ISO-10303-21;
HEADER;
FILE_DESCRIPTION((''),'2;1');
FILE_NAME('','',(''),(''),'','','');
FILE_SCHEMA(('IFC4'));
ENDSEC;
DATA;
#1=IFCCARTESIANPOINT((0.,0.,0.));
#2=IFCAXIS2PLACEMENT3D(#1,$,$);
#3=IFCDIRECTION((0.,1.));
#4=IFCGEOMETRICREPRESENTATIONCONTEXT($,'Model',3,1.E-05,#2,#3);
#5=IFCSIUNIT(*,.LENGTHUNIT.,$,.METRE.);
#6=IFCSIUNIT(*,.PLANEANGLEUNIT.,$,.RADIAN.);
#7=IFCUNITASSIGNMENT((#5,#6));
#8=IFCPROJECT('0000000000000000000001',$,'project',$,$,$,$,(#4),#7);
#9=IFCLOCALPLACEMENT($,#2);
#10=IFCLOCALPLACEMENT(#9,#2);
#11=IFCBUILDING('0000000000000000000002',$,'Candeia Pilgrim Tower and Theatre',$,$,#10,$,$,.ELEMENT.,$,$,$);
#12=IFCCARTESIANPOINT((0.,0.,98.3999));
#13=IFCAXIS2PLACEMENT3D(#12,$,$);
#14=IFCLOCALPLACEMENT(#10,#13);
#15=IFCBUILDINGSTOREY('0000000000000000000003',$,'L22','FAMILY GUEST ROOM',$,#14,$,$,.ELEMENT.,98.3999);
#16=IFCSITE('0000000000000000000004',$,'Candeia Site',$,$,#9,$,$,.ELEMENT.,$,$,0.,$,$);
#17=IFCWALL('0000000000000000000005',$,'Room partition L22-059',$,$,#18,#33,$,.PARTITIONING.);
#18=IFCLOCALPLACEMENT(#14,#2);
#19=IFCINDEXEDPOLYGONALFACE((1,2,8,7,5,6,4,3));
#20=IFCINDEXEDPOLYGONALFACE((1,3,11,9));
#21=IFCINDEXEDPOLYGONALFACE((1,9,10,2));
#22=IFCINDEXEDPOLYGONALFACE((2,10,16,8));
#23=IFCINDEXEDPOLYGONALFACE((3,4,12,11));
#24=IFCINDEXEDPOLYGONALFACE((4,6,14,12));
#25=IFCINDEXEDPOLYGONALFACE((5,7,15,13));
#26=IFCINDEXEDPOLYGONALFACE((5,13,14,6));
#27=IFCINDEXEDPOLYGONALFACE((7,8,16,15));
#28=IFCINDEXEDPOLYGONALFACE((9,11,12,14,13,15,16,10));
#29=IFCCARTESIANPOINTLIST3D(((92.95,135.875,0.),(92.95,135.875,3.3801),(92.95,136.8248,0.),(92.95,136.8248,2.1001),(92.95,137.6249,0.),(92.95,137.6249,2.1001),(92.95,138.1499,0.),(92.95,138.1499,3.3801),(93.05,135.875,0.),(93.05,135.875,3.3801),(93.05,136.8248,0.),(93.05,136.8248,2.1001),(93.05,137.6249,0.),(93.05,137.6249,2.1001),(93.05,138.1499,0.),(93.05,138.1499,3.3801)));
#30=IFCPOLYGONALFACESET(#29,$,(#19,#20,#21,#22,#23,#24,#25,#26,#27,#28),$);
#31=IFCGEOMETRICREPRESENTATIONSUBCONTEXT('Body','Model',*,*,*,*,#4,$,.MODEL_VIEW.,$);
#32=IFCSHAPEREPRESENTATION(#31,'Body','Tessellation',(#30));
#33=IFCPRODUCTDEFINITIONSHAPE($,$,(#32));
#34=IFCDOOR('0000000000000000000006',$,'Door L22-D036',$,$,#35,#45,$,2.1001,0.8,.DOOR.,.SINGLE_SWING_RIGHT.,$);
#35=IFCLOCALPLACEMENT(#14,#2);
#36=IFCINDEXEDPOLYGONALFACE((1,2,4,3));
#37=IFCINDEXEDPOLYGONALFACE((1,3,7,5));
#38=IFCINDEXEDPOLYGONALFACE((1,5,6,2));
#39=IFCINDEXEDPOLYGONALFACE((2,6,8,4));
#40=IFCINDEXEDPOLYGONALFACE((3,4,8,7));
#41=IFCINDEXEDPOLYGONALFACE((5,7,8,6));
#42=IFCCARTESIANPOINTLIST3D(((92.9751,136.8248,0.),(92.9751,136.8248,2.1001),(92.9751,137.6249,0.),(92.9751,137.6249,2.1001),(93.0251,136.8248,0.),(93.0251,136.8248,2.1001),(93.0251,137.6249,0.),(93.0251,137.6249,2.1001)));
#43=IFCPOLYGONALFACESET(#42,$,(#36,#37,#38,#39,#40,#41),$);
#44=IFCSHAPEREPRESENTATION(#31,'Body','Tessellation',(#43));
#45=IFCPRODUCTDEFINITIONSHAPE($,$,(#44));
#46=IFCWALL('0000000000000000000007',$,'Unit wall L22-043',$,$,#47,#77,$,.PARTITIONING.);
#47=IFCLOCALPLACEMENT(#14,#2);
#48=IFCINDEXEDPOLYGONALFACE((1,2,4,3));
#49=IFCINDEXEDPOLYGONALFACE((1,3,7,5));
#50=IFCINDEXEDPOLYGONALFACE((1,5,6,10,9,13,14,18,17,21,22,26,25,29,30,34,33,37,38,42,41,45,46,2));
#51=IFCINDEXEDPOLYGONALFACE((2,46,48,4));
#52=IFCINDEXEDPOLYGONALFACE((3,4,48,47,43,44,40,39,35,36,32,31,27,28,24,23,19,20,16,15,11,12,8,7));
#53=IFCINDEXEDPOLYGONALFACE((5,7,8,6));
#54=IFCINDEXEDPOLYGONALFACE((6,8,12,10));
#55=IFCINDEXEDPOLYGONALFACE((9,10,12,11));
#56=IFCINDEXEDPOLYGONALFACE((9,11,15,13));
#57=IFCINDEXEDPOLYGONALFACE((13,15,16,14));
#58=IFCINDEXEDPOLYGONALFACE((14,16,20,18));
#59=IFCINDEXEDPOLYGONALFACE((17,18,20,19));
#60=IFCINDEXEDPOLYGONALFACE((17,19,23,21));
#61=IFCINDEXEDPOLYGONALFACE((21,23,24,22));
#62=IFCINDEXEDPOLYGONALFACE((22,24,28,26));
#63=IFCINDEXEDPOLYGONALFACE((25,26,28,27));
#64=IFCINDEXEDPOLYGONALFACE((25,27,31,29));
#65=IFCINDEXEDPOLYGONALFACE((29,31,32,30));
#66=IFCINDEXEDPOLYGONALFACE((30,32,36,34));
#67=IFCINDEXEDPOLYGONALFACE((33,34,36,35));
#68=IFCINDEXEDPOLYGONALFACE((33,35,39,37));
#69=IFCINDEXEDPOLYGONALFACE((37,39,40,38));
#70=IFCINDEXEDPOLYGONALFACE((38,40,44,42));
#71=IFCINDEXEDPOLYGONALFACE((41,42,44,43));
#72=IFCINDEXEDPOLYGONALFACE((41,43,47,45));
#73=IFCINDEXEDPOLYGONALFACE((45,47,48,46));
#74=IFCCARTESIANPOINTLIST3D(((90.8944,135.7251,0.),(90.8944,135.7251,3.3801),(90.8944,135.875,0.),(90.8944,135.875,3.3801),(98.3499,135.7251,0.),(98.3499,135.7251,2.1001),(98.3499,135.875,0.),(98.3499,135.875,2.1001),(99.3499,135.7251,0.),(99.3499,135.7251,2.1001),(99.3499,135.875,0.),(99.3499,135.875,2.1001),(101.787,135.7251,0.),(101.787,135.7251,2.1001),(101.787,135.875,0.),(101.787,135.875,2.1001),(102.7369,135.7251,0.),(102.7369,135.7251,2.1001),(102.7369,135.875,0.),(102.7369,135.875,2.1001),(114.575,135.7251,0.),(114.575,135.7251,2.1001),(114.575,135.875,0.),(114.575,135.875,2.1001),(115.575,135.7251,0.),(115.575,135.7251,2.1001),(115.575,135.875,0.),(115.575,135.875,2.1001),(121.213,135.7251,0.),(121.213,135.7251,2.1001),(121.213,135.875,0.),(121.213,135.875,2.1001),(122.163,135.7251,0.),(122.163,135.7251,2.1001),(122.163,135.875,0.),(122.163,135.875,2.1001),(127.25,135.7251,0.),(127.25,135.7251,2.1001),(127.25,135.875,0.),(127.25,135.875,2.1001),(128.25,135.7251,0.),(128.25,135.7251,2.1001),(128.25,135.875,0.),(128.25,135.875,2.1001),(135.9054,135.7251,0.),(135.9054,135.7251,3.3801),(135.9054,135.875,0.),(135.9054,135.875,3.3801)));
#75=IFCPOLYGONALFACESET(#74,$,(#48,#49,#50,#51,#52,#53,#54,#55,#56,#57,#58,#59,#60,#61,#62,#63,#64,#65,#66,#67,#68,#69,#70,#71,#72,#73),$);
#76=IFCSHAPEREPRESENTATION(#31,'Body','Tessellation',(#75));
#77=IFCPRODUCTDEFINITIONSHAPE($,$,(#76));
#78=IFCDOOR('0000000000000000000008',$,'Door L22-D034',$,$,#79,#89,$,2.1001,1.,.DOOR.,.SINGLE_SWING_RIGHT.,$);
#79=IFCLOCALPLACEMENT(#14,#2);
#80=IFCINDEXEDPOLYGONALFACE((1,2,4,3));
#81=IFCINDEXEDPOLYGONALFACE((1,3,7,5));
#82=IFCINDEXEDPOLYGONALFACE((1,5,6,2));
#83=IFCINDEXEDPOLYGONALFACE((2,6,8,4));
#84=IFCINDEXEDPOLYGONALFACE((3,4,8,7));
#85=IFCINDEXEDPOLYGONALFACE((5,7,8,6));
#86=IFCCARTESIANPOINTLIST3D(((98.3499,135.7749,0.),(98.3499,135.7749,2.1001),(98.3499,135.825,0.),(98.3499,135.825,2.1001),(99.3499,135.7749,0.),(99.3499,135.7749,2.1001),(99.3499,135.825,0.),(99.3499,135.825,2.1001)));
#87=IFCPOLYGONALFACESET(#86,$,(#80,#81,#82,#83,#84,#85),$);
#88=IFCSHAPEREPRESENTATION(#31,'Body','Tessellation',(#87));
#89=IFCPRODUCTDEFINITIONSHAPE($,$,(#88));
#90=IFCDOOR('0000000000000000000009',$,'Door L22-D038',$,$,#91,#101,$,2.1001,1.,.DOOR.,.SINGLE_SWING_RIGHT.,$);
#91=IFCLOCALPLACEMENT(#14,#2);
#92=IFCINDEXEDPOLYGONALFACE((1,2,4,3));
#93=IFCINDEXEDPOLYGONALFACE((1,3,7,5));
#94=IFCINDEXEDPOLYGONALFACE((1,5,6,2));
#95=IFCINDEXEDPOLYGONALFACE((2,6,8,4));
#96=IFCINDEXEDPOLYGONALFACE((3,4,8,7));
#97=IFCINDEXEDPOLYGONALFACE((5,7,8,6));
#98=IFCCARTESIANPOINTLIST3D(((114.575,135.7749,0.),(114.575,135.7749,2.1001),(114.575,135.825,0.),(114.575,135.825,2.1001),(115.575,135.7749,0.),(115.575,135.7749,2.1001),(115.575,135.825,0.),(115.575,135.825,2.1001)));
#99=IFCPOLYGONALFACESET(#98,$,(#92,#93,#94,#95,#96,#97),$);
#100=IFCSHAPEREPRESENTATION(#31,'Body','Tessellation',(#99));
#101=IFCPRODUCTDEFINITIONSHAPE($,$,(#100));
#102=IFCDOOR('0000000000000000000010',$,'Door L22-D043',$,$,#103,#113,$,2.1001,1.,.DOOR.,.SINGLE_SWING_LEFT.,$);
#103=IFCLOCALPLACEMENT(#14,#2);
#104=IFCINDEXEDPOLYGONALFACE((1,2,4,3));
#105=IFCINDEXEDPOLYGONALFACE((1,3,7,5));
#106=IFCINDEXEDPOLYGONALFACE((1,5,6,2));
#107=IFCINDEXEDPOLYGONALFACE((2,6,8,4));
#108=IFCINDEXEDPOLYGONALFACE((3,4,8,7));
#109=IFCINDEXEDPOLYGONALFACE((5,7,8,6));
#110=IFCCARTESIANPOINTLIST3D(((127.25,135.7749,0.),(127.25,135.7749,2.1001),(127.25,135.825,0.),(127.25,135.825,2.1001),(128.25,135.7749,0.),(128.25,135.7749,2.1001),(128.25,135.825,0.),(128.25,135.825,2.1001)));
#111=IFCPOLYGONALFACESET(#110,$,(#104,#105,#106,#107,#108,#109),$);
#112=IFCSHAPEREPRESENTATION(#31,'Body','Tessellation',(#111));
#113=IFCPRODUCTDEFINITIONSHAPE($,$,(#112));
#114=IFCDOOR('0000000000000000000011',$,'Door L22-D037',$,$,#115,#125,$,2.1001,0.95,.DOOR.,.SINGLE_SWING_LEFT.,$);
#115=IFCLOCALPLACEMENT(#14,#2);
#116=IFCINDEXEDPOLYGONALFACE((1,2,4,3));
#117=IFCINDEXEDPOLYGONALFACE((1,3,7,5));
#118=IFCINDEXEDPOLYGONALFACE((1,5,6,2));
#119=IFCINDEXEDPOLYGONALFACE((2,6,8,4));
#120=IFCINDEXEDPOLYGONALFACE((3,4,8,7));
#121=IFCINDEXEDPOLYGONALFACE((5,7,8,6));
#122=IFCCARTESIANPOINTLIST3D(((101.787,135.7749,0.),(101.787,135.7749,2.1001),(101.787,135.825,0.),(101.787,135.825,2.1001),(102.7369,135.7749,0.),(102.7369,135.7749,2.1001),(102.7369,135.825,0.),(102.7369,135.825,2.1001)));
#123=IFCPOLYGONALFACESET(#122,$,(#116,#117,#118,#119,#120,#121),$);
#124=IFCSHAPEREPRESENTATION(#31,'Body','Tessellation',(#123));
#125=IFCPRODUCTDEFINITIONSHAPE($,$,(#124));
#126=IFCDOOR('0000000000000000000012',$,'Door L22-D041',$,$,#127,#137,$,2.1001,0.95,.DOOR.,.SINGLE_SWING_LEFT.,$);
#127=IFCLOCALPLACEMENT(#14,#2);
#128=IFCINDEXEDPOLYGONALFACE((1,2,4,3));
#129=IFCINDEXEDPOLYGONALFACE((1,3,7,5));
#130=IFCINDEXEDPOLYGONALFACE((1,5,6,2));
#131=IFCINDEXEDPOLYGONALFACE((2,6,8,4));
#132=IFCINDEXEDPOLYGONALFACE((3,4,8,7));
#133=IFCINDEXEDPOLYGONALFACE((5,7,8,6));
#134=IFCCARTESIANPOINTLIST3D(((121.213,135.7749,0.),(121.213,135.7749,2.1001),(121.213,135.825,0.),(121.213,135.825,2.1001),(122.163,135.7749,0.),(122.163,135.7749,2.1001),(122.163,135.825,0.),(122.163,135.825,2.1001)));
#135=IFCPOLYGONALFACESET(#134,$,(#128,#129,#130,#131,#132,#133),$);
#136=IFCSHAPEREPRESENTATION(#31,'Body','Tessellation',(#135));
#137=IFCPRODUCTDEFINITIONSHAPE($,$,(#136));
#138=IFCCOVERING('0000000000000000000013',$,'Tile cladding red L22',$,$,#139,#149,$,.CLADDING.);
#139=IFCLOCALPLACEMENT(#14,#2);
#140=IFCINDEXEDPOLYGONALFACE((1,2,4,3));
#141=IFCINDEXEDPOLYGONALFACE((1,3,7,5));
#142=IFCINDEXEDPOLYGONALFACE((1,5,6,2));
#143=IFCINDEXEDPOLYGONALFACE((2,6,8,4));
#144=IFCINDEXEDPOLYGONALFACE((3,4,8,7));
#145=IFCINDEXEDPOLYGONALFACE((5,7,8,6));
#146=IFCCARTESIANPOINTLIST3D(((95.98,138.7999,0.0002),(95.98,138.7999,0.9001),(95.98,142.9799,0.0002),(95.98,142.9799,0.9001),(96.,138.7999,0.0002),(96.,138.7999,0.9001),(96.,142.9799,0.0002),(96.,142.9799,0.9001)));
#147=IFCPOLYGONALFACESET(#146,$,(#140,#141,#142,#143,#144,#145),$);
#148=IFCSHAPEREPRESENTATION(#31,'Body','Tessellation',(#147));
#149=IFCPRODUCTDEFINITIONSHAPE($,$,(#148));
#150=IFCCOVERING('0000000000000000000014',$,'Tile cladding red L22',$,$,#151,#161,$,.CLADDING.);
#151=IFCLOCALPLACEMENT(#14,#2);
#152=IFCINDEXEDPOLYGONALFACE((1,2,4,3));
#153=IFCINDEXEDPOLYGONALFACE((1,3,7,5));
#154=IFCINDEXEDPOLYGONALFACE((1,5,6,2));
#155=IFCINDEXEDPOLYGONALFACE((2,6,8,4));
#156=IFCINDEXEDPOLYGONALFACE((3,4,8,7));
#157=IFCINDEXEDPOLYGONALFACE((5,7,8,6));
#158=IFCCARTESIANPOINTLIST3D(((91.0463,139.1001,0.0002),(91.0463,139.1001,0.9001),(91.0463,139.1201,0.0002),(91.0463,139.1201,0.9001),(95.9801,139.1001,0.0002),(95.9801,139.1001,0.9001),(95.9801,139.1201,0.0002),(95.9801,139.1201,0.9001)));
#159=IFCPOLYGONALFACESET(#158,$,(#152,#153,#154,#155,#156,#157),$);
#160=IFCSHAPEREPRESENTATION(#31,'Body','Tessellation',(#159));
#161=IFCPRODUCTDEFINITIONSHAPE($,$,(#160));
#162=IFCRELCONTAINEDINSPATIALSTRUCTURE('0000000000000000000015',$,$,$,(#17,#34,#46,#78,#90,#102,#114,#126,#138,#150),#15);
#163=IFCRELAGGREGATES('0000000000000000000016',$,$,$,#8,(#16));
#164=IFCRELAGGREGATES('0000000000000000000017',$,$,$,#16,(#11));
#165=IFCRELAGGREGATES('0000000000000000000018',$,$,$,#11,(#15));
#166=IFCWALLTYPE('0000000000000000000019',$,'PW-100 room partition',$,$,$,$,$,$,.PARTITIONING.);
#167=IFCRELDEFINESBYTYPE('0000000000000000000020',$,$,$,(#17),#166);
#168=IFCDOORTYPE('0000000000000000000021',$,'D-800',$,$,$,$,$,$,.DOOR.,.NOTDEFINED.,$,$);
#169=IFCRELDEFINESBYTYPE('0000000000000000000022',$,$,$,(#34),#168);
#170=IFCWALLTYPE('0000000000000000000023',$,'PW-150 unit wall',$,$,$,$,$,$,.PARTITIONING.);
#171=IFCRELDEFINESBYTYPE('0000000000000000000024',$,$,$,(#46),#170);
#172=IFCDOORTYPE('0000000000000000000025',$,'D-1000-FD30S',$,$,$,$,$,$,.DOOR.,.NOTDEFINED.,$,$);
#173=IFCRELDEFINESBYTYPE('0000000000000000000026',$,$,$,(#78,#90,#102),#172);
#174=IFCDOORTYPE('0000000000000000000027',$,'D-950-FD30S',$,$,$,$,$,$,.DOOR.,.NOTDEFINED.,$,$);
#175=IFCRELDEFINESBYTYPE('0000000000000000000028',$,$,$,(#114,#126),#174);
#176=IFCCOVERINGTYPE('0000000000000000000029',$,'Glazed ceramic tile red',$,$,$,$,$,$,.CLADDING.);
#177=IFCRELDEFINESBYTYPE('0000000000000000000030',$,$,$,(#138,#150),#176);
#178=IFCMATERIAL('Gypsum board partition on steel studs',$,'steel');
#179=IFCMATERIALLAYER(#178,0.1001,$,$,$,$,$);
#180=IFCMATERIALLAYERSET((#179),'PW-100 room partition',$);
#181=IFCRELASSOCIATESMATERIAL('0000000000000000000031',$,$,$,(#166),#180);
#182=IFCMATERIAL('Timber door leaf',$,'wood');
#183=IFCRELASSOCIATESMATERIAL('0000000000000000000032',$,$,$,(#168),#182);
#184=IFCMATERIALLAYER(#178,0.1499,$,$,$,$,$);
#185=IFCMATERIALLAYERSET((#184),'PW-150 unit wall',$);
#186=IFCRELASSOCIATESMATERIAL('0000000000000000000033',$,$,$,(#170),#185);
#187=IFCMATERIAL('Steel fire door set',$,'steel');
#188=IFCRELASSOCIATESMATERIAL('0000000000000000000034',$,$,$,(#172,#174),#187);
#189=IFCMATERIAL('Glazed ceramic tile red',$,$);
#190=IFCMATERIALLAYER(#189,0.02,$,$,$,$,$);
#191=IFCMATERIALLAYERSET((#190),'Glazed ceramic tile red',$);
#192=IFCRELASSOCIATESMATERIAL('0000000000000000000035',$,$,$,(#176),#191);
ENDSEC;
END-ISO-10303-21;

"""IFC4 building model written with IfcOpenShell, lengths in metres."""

from ifc_helpers import new_model, si_unit, direction, frame, frame_2d, origin, origin_2d, place, context, subcontext, project, spatial, rectangle, extrude, material, layer, layer_set, type_object, element, fill, save


model = new_model("IFC4")

# Units and contexts
model_context = context("Model", 3, precision=1e-05, world=origin(), true_north=direction((0.0, 1.0)))
body_context = subcontext(model_context, "Body", "Model", "MODEL_VIEW")
ifc_project = project(units=[si_unit("LENGTHUNIT", "METRE"), si_unit("PLANEANGLEUNIT", "RADIAN")], contexts=[model_context])

# Site, building, storey
site_placement = place(None, origin())
site = spatial("IfcSite", under=ifc_project, at=site_placement, Name="Candeia Site", CompositionType="ELEMENT", RefElevation=0.0)
building_placement = place(site_placement, origin())
building = spatial("IfcBuilding", under=site, at=building_placement, Name="Candeia Pilgrim Tower and Theatre", CompositionType="ELEMENT")
storey_placement = place(building_placement, frame((0.0, 0.0, 98.3999)))
storey = spatial("IfcBuildingStorey", under=building, at=storey_placement, Name="L22", Description="FAMILY GUEST ROOM", CompositionType="ELEMENT", Elevation=98.3999)

# Shared definitions
ifc_material_1 = material(Name="Gypsum board partition on steel studs", Category="steel")
ifc_layer_1 = layer(ifc_material_1, 0.1001)
ifc_layer_set_1 = layer_set([ifc_layer_1], Name="PW-100 room partition")
wall_type_1 = type_object("IfcWallType", Name="PW-100 room partition", PredefinedType="PARTITIONING", material=ifc_layer_set_1)

# Wall, opening, door
wall_1_placement = place(storey_placement, frame((93.0, 135.875, 0.0), z_axis=(0.0, 0.0, 1.0), x_axis=(0.0, 1.0, 0.0)))
wall_1 = element("IfcWall", 1, at=wall_1_placement, inside=storey, type_object=wall_type_1, Name="Room partition L22-059", PredefinedType="PARTITIONING", context=body_context, shape_type="SweptSolid", body=[
    extrude(rectangle(XDim=2.2749, YDim=0.1001, at=frame_2d((1.1375, 0.0))), origin(), (0.0, 0.0, 1.0), 3.3801),
])
opening_1_placement = place(wall_1_placement, frame((0.95, 0.0, 0.0)))
opening_1 = element("IfcOpeningElement", 2, at=opening_1_placement, cuts=wall_1, PredefinedType="OPENING", context=body_context, shape_type="SweptSolid", body=[
    extrude(rectangle(XDim=0.8, YDim=2.1001, at=frame_2d((0.3999, 1.05))), frame((0.0, 0.0601, 0.0), z_axis=(0.0, -1.0, 0.0), x_axis=(1.0, 0.0, 0.0)), (0.0, 0.0, 1.0), 0.1201),
])
ifc_material_2 = material(Name="Timber door leaf", Category="wood")
door_type_1 = type_object("IfcDoorType", Name="D-800", OperationType="NOTDEFINED", PredefinedType="DOOR", material=ifc_material_2)
door_1_placement = place(opening_1_placement, origin())
door_1 = element("IfcDoor", 3, at=door_1_placement, inside=storey, type_object=door_type_1, Name="Door L22-D036", OperationType="SINGLE_SWING_RIGHT", OverallHeight=2.1001, OverallWidth=0.8, PredefinedType="DOOR", context=body_context, shape_type="SweptSolid", body=[
    extrude(rectangle(XDim=0.8, YDim=2.1001, at=frame_2d((0.3999, 1.05))), frame((0.0, 0.0249, 0.0), z_axis=(0.0, -1.0, 0.0), x_axis=(1.0, 0.0, 0.0)), (0.0, 0.0, 1.0), 0.05),
])
fill(opening_1, door_1)

# Wall, openings, doors
ifc_layer_2 = layer(ifc_material_1, 0.1499)
ifc_layer_set_2 = layer_set([ifc_layer_2], Name="PW-150 unit wall")
wall_type_2 = type_object("IfcWallType", Name="PW-150 unit wall", PredefinedType="PARTITIONING", material=ifc_layer_set_2)
wall_2_placement = place(storey_placement, frame((90.8945, 135.8, 0.0), z_axis=(0.0, 0.0, 1.0), x_axis=(1.0, 0.0, 0.0)))
wall_2 = element("IfcWall", 4, at=wall_2_placement, inside=storey, type_object=wall_type_2, Name="Unit wall L22-043", PredefinedType="PARTITIONING", context=body_context, shape_type="SweptSolid", body=[
    extrude(rectangle(XDim=45.011, YDim=0.1499, at=frame_2d((22.5054, 0.0))), origin(), (0.0, 0.0, 1.0), 3.3801),
])
opening_2_placement = place(wall_2_placement, frame((7.4553, 0.0, 0.0)))
opening_2 = element("IfcOpeningElement", 5, at=opening_2_placement, cuts=wall_2, PredefinedType="OPENING", context=body_context, shape_type="SweptSolid", body=[
    extrude(rectangle(XDim=1.0, YDim=2.1001, at=frame_2d((0.5, 1.05))), frame((0.0, 0.085, 0.0), z_axis=(0.0, -1.0, 0.0), x_axis=(1.0, 0.0, 0.0)), (0.0, 0.0, 1.0), 0.1699),
])
opening_3_placement = place(wall_2_placement, frame((10.8923, 0.0, 0.0)))
opening_3 = element("IfcOpeningElement", 6, at=opening_3_placement, cuts=wall_2, PredefinedType="OPENING", context=body_context, shape_type="SweptSolid", body=[
    extrude(rectangle(XDim=0.95, YDim=2.1001, at=frame_2d((0.4751, 1.05))), frame((0.0, 0.085, 0.0), z_axis=(0.0, -1.0, 0.0), x_axis=(1.0, 0.0, 0.0)), (0.0, 0.0, 1.0), 0.1699),
])
opening_4_placement = place(wall_2_placement, frame((23.6804, 0.0, 0.0)))
opening_4 = element("IfcOpeningElement", 7, at=opening_4_placement, cuts=wall_2, PredefinedType="OPENING", context=body_context, shape_type="SweptSolid", body=[
    extrude(rectangle(XDim=1.0, YDim=2.1001, at=frame_2d((0.5, 1.05))), frame((0.0, 0.085, 0.0), z_axis=(0.0, -1.0, 0.0), x_axis=(1.0, 0.0, 0.0)), (0.0, 0.0, 1.0), 0.1699),
])
opening_5_placement = place(wall_2_placement, frame((30.3184, 0.0, 0.0)))
opening_5 = element("IfcOpeningElement", 8, at=opening_5_placement, cuts=wall_2, PredefinedType="OPENING", context=body_context, shape_type="SweptSolid", body=[
    extrude(rectangle(XDim=0.95, YDim=2.1001, at=frame_2d((0.4751, 1.05))), frame((0.0, 0.085, 0.0), z_axis=(0.0, -1.0, 0.0), x_axis=(1.0, 0.0, 0.0)), (0.0, 0.0, 1.0), 0.1699),
])
opening_6_placement = place(wall_2_placement, frame((36.3555, 0.0, 0.0)))
opening_6 = element("IfcOpeningElement", 9, at=opening_6_placement, cuts=wall_2, PredefinedType="OPENING", context=body_context, shape_type="SweptSolid", body=[
    extrude(rectangle(XDim=1.0, YDim=2.1001, at=frame_2d((0.5, 1.05))), frame((0.0, 0.085, 0.0), z_axis=(0.0, -1.0, 0.0), x_axis=(1.0, 0.0, 0.0)), (0.0, 0.0, 1.0), 0.1699),
])
ifc_material_3 = material(Name="Steel fire door set", Category="steel")
door_type_2 = type_object("IfcDoorType", Name="D-1000-FD30S", OperationType="NOTDEFINED", PredefinedType="DOOR", material=ifc_material_3)
door_2_placement = place(opening_2_placement, origin())
door_2 = element("IfcDoor", 10, at=door_2_placement, inside=storey, type_object=door_type_2, Name="Door L22-D034", OperationType="SINGLE_SWING_RIGHT", OverallHeight=2.1001, OverallWidth=1.0, PredefinedType="DOOR", context=body_context, shape_type="SweptSolid", body=[
    extrude(rectangle(XDim=1.0, YDim=2.1001, at=frame_2d((0.5, 1.05))), frame((0.0, 0.0249, 0.0), z_axis=(0.0, -1.0, 0.0), x_axis=(1.0, 0.0, 0.0)), (0.0, 0.0, 1.0), 0.05),
])
fill(opening_2, door_2)
door_3_placement = place(opening_4_placement, origin())
door_3 = element("IfcDoor", 11, at=door_3_placement, inside=storey, type_object=door_type_2, Name="Door L22-D038", OperationType="SINGLE_SWING_RIGHT", OverallHeight=2.1001, OverallWidth=1.0, PredefinedType="DOOR", context=body_context, shape_type="SweptSolid", body=[
    extrude(rectangle(XDim=1.0, YDim=2.1001, at=frame_2d((0.5, 1.05))), frame((0.0, 0.0249, 0.0), z_axis=(0.0, -1.0, 0.0), x_axis=(1.0, 0.0, 0.0)), (0.0, 0.0, 1.0), 0.05),
])
fill(opening_4, door_3)
door_4_placement = place(opening_6_placement, origin())
door_4 = element("IfcDoor", 12, at=door_4_placement, inside=storey, type_object=door_type_2, Name="Door L22-D043", OperationType="SINGLE_SWING_LEFT", OverallHeight=2.1001, OverallWidth=1.0, PredefinedType="DOOR", context=body_context, shape_type="SweptSolid", body=[
    extrude(rectangle(XDim=1.0, YDim=2.1001, at=frame_2d((0.5, 1.05))), frame((0.0, 0.0249, 0.0), z_axis=(0.0, -1.0, 0.0), x_axis=(1.0, 0.0, 0.0)), (0.0, 0.0, 1.0), 0.05),
])
fill(opening_6, door_4)
door_type_3 = type_object("IfcDoorType", Name="D-950-FD30S", OperationType="NOTDEFINED", PredefinedType="DOOR", material=ifc_material_3)
door_5_placement = place(opening_3_placement, origin())
door_5 = element("IfcDoor", 13, at=door_5_placement, inside=storey, type_object=door_type_3, Name="Door L22-D037", OperationType="SINGLE_SWING_LEFT", OverallHeight=2.1001, OverallWidth=0.95, PredefinedType="DOOR", context=body_context, shape_type="SweptSolid", body=[
    extrude(rectangle(XDim=0.95, YDim=2.1001, at=frame_2d((0.4751, 1.05))), frame((0.0, 0.0249, 0.0), z_axis=(0.0, -1.0, 0.0), x_axis=(1.0, 0.0, 0.0)), (0.0, 0.0, 1.0), 0.05),
])
fill(opening_3, door_5)
door_6_placement = place(opening_5_placement, origin())
door_6 = element("IfcDoor", 14, at=door_6_placement, inside=storey, type_object=door_type_3, Name="Door L22-D041", OperationType="SINGLE_SWING_LEFT", OverallHeight=2.1001, OverallWidth=0.95, PredefinedType="DOOR", context=body_context, shape_type="SweptSolid", body=[
    extrude(rectangle(XDim=0.95, YDim=2.1001, at=frame_2d((0.4751, 1.05))), frame((0.0, 0.0249, 0.0), z_axis=(0.0, -1.0, 0.0), x_axis=(1.0, 0.0, 0.0)), (0.0, 0.0, 1.0), 0.05),
])
fill(opening_5, door_6)

# Coverings
ifc_material_4 = material(Name="Glazed ceramic tile red")
ifc_layer_3 = layer(ifc_material_4, 0.02)
ifc_layer_set_3 = layer_set([ifc_layer_3], Name="Glazed ceramic tile red")
covering_type = type_object("IfcCoveringType", Name="Glazed ceramic tile red", PredefinedType="CLADDING", material=ifc_layer_set_3)
covering_1_placement = place(storey_placement, frame((95.99, 140.8899, 0.0002), z_axis=(0.0, 0.0, 1.0), x_axis=(0.0, -1.0, 0.0)))
element("IfcCovering", 15, at=covering_1_placement, inside=storey, type_object=covering_type, Name="Tile cladding red L22", PredefinedType="CLADDING", context=body_context, shape_type="SweptSolid", body=[
    extrude(rectangle(XDim=4.1799, YDim=0.02, at=origin_2d()), origin(), (0.0, 0.0, 1.0), 0.8999),
])
covering_2_placement = place(storey_placement, frame((93.5132, 139.1101, 0.0002), z_axis=(0.0, 0.0, 1.0), x_axis=(-1.0, 0.0, 0.0)))
element("IfcCovering", 16, at=covering_2_placement, inside=storey, type_object=covering_type, Name="Tile cladding red L22", PredefinedType="CLADDING", context=body_context, shape_type="SweptSolid", body=[
    extrude(rectangle(XDim=4.9338, YDim=0.02, at=origin_2d()), origin(), (0.0, 0.0, 1.0), 0.8999),
])

save(model, "model.ifc")
